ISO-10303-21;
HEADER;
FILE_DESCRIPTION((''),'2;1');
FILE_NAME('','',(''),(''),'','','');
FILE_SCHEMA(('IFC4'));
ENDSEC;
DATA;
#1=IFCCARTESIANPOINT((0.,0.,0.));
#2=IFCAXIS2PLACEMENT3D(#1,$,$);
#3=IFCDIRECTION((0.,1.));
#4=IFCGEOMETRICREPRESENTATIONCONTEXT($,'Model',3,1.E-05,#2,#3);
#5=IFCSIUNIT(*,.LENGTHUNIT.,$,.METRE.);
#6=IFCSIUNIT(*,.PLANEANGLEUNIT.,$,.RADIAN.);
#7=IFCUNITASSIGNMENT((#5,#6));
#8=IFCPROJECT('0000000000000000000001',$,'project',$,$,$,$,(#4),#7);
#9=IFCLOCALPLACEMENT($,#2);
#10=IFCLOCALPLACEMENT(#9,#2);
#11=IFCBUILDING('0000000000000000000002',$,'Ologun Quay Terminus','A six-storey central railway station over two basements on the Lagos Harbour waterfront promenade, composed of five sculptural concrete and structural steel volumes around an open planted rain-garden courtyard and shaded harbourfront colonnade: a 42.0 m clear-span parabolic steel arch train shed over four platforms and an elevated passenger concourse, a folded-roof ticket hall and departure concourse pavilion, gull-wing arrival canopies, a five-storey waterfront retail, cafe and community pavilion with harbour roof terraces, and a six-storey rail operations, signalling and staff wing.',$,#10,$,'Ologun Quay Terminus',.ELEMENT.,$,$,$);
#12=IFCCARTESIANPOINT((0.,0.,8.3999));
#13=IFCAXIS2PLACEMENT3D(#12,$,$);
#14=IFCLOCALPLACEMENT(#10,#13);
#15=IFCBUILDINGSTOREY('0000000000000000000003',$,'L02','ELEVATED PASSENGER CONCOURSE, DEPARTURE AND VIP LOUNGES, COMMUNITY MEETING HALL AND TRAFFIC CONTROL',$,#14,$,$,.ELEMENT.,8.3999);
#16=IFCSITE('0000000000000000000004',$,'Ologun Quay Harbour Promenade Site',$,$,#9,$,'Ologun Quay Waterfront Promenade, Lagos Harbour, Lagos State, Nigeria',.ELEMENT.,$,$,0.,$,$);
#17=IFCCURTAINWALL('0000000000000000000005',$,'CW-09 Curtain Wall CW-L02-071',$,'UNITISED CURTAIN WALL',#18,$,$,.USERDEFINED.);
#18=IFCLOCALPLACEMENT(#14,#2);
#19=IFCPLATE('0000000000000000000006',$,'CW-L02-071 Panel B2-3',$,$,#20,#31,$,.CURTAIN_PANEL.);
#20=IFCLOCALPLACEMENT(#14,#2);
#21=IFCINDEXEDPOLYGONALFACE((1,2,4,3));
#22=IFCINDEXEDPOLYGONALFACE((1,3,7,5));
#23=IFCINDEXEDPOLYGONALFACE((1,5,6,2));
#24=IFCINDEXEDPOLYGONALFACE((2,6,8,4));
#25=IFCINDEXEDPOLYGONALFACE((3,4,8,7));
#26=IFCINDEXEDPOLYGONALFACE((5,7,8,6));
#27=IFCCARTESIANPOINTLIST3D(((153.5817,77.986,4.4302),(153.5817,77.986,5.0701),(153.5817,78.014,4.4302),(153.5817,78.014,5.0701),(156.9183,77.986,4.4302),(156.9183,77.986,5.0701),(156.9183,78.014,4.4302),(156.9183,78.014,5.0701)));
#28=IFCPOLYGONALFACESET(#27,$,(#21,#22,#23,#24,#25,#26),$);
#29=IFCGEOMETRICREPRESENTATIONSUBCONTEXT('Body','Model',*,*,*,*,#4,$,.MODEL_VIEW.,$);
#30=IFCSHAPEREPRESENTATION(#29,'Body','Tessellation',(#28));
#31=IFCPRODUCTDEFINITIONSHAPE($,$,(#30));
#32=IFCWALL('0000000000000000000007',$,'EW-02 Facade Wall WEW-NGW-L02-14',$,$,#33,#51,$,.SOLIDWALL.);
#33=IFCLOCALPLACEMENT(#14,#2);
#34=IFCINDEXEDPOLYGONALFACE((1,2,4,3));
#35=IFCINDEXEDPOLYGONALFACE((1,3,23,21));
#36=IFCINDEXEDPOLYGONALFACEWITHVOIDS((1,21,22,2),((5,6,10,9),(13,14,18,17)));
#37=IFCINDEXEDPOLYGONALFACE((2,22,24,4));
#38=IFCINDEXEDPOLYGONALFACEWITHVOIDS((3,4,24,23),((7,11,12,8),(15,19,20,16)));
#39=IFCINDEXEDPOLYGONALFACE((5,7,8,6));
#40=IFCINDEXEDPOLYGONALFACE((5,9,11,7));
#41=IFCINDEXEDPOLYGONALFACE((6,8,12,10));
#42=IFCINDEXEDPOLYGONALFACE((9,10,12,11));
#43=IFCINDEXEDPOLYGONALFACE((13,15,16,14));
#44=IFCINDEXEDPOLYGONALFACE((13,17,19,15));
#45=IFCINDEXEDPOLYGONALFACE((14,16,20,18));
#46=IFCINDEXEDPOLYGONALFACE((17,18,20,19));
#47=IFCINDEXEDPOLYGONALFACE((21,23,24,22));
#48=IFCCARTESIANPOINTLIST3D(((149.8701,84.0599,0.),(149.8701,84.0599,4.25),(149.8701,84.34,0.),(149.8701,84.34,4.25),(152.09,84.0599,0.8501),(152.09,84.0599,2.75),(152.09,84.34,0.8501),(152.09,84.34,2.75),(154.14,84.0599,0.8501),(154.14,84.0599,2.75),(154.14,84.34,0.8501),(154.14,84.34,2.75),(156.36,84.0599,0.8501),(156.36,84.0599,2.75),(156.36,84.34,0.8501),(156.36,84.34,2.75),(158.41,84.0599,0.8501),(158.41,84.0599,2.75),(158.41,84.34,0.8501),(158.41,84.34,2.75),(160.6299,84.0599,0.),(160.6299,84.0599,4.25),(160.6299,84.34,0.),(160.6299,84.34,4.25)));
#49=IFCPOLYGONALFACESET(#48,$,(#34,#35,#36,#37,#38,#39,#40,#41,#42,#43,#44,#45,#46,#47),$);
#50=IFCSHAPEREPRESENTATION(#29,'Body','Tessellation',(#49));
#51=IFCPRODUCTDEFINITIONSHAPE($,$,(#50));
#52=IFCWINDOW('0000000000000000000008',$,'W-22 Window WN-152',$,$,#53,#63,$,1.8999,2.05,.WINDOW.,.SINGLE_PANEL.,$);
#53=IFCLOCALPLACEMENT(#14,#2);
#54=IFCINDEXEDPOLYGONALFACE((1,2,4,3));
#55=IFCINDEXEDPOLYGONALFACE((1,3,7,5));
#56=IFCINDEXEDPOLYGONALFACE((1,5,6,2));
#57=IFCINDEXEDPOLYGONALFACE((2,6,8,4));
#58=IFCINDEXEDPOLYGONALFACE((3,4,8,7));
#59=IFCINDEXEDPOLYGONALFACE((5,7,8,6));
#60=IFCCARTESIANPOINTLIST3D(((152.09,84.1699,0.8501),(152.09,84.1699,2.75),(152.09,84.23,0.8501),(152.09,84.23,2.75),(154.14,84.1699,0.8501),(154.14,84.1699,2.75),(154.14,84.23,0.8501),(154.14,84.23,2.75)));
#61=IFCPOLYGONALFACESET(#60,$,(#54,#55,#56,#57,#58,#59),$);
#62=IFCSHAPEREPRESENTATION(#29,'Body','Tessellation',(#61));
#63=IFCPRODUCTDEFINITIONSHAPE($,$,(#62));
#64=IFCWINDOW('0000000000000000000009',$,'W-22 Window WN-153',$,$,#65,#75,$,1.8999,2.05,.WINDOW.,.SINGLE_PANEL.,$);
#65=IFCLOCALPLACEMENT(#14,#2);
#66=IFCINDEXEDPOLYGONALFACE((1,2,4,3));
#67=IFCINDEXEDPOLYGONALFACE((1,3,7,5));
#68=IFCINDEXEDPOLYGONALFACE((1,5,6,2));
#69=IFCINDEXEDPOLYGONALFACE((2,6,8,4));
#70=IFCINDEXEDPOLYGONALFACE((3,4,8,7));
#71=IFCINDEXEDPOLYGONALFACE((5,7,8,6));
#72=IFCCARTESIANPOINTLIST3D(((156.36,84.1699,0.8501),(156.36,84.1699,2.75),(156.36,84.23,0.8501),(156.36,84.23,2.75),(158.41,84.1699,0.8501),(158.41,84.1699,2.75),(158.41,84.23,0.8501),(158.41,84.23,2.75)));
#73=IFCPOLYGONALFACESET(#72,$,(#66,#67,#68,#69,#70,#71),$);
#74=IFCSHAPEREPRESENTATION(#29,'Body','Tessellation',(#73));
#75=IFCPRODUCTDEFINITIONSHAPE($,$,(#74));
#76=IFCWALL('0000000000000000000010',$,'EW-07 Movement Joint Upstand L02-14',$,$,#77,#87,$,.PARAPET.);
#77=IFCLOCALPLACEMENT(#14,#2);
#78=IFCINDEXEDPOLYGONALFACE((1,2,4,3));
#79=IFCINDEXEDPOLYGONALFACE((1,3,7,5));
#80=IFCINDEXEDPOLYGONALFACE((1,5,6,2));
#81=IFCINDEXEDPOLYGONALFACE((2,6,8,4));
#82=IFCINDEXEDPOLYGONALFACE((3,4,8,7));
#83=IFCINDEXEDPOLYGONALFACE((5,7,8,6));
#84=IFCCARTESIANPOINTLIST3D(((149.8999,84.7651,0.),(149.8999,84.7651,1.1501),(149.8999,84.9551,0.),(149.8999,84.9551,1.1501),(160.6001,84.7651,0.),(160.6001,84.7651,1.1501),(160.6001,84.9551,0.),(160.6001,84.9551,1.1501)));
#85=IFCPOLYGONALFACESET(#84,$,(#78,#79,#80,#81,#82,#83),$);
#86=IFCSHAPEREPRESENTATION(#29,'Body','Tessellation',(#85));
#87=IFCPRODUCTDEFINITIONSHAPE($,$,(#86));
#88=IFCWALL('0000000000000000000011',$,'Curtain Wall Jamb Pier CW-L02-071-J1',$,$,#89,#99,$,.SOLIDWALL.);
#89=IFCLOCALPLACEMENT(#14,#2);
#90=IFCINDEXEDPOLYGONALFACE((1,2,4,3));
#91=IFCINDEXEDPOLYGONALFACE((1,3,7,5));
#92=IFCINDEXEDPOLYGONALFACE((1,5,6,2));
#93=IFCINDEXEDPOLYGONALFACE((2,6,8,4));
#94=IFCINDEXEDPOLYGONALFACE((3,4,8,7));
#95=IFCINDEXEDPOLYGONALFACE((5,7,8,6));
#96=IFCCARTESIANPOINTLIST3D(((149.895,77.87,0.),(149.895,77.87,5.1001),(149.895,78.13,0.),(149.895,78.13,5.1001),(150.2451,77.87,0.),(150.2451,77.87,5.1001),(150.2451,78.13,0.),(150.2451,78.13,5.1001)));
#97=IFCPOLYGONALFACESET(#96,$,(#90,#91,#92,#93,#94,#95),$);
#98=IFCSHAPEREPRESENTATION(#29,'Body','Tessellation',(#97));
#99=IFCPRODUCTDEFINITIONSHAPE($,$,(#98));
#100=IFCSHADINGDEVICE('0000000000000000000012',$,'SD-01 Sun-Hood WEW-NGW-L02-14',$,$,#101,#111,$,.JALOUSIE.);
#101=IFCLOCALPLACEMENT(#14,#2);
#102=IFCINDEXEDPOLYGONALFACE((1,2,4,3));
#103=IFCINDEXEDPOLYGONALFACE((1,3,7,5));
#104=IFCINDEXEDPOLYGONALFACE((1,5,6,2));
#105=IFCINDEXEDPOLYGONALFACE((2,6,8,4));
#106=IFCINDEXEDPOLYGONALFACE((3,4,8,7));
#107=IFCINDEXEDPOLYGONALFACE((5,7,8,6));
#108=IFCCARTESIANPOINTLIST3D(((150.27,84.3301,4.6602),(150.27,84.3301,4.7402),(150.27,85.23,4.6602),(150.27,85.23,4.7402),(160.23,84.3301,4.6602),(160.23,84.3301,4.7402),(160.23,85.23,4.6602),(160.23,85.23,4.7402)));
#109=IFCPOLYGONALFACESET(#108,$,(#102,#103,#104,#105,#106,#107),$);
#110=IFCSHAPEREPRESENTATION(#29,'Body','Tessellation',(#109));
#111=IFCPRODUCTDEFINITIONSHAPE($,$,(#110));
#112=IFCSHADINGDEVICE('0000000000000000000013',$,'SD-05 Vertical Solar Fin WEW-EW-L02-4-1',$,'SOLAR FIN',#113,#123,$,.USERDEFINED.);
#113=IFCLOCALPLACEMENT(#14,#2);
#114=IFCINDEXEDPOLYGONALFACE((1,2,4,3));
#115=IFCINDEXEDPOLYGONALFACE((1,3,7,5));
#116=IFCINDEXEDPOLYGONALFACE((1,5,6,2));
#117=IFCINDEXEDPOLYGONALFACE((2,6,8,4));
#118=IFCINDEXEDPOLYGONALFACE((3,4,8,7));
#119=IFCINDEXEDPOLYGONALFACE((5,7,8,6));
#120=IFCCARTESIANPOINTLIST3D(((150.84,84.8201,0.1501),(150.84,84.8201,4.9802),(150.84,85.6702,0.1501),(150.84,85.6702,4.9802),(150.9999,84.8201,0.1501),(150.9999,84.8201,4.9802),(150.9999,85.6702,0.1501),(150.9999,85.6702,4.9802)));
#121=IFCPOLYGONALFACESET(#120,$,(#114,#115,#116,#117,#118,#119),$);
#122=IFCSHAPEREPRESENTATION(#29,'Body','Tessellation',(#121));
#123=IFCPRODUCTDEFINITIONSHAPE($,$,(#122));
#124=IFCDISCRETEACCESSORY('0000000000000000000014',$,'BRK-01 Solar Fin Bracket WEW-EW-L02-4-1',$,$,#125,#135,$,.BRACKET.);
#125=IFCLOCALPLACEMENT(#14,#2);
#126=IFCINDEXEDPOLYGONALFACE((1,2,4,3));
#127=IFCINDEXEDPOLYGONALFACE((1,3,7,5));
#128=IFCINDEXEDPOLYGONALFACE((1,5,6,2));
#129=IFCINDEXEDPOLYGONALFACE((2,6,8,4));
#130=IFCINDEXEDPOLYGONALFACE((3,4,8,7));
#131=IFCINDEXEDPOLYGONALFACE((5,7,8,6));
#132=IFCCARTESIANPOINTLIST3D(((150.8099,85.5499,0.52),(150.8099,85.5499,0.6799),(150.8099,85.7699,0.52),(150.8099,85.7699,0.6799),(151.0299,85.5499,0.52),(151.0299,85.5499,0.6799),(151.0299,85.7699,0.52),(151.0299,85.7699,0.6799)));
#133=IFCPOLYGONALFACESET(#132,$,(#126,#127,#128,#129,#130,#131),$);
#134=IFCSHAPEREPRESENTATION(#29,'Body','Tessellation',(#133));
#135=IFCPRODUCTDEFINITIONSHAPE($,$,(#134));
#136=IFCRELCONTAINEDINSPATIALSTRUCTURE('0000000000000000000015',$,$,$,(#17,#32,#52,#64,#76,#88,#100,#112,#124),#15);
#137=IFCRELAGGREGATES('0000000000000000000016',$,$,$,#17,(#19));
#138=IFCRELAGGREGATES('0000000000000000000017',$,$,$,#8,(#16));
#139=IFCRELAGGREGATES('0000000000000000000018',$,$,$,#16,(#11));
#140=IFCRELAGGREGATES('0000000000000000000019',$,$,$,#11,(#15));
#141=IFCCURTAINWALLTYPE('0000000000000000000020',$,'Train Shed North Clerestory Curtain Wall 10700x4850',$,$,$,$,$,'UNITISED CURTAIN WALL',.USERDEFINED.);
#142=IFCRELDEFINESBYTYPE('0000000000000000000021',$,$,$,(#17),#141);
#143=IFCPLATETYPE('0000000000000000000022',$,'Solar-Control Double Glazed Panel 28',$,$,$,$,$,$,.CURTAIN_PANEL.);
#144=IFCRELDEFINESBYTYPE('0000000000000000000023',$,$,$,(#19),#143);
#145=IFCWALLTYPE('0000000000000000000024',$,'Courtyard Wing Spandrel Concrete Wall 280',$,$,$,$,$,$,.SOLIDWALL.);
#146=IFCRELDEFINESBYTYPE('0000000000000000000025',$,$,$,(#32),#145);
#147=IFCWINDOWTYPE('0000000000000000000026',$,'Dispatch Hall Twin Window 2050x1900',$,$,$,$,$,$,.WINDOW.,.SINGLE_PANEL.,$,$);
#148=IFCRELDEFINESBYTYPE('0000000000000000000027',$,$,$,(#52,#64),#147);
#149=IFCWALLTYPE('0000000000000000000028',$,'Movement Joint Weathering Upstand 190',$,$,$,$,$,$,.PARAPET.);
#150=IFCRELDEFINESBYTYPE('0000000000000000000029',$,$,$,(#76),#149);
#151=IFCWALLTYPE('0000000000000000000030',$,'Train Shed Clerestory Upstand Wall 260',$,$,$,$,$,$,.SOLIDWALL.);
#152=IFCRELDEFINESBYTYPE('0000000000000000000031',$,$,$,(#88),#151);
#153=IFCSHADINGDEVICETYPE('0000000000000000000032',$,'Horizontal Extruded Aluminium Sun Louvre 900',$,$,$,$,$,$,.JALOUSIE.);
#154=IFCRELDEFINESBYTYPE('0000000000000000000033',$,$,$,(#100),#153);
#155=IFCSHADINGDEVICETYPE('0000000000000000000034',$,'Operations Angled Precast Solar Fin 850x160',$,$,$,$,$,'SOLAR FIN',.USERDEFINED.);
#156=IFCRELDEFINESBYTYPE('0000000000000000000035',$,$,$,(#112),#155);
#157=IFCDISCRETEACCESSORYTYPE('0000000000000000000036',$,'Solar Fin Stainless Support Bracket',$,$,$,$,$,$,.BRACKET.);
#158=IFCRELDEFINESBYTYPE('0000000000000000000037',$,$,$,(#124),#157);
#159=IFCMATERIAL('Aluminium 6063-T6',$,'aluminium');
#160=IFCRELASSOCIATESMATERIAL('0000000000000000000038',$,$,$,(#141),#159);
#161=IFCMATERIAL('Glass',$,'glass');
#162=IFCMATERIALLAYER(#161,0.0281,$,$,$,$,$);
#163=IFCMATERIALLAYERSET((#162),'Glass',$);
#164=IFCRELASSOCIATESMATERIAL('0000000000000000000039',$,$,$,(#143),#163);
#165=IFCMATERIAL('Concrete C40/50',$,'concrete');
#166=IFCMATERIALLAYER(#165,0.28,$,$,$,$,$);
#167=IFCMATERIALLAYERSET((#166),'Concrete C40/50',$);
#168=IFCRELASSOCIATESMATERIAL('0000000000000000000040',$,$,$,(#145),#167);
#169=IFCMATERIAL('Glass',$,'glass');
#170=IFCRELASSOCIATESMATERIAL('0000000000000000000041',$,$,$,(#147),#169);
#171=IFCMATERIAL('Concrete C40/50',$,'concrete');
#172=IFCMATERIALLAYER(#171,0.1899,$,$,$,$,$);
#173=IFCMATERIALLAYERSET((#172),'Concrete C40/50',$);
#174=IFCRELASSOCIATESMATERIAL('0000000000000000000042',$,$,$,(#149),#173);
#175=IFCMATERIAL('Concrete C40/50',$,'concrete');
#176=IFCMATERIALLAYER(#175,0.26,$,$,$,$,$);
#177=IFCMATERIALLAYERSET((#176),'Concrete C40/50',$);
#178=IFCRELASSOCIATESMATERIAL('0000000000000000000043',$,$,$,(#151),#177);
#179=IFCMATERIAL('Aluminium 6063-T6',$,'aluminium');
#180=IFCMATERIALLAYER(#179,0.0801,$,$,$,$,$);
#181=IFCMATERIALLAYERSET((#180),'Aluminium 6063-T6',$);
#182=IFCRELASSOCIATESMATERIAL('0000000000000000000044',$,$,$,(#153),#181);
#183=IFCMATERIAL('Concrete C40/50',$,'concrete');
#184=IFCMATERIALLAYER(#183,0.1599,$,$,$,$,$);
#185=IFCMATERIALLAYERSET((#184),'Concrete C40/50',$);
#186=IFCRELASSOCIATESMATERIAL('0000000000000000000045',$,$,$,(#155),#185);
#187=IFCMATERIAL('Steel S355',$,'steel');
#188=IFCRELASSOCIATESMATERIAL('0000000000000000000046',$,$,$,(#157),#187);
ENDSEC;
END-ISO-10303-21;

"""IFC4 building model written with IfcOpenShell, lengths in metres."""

from ifc_helpers import new_model, si_unit, direction, frame, frame_2d, origin, origin_2d, place, context, subcontext, project, spatial, rectangle, extrude, material, layer, layer_set, type_object, element, fill, aggregate, save


model = new_model("IFC4")

# Units and contexts
model_context = context("Model", 3, precision=1e-05, world=origin(), true_north=direction((0.0, 1.0)))
body_context = subcontext(model_context, "Body", "Model", "MODEL_VIEW")
ifc_project = project(units=[si_unit("LENGTHUNIT", "METRE"), si_unit("PLANEANGLEUNIT", "RADIAN")], contexts=[model_context])

# Site, building, storey
site_placement = place(None, origin())
site = spatial("IfcSite", under=ifc_project, at=site_placement, Name="Ologun Quay Harbour Promenade Site", LongName="Ologun Quay Waterfront Promenade, Lagos Harbour, Lagos State, Nigeria", CompositionType="ELEMENT", RefElevation=0.0)
building_placement = place(site_placement, origin())
building = spatial("IfcBuilding", under=site, at=building_placement, Name="Ologun Quay Terminus", Description="A six-storey central railway station over two basements on the Lagos Harbour waterfront promenade, composed of five sculptural concrete and structural steel volumes around an open planted rain-garden courtyard and shaded harbourfront colonnade: a 42.0 m clear-span parabolic steel arch train shed over four platforms and an elevated passenger concourse, a folded-roof ticket hall and departure concourse pavilion, gull-wing arrival canopies, a five-storey waterfront retail, cafe and community pavilion with harbour roof terraces, and a six-storey rail operations, signalling and staff wing.", LongName="Ologun Quay Terminus", CompositionType="ELEMENT")
storey_placement = place(building_placement, frame((0.0, 0.0, 8.3999)))
storey = spatial("IfcBuildingStorey", under=building, at=storey_placement, Name="L02", Description="ELEVATED PASSENGER CONCOURSE, DEPARTURE AND VIP LOUNGES, COMMUNITY MEETING HALL AND TRAFFIC CONTROL", CompositionType="ELEMENT", Elevation=8.3999)

# Curtain wall
ifc_material_1 = material(Name="Aluminium 6063-T6", Category="aluminium")
curtain_wall_type = type_object("IfcCurtainWallType", Name="Train Shed North Clerestory Curtain Wall 10700x4850", ElementType="UNITISED CURTAIN WALL", PredefinedType="USERDEFINED", material=ifc_material_1)
curtain_wall_placement = place(storey_placement, origin())
curtain_wall = element("IfcCurtainWall", 1, at=curtain_wall_placement, inside=storey, type_object=curtain_wall_type, Name="CW-09 Curtain Wall CW-L02-071", ObjectType="UNITISED CURTAIN WALL", PredefinedType="USERDEFINED")

# Plate
ifc_material_2 = material(Name="Glass", Category="glass")
ifc_layer_1 = layer(ifc_material_2, 0.0281)
ifc_layer_set_1 = layer_set([ifc_layer_1], Name="Glass")
plate_type_1 = type_object("IfcPlateType", Name="Solar-Control Double Glazed Panel 28", PredefinedType="CURTAIN_PANEL", material=ifc_layer_set_1)
plate_1_placement = place(storey_placement, frame((155.25, 78.0, 4.4302), z_axis=(0.0, 0.0, 1.0), x_axis=(1.0, 0.0, 0.0)))
plate_1 = element("IfcPlate", 2, at=plate_1_placement, type_object=plate_type_1, Name="CW-L02-071 Panel B2-3", PredefinedType="CURTAIN_PANEL", context=body_context, shape_type="SweptSolid", body=[
    extrude(rectangle(XDim=3.3367, YDim=0.0281, at=origin_2d()), origin(), (0.0, 0.0, 1.0), 0.6399),
])
aggregate(curtain_wall, [plate_1])

# Wall, openings, windows
ifc_material_3 = material(Name="Concrete C40/50", Category="concrete")
ifc_layer_2 = layer(ifc_material_3, 0.28)
ifc_layer_set_2 = layer_set([ifc_layer_2], Name="Concrete C40/50")
wall_type_1 = type_object("IfcWallType", Name="Courtyard Wing Spandrel Concrete Wall 280", PredefinedType="SOLIDWALL", material=ifc_layer_set_2)
wall_1_placement = place(storey_placement, frame((149.8701, 84.2, 0.0), z_axis=(0.0, 0.0, 1.0), x_axis=(1.0, 0.0, 0.0)))
wall_1 = element("IfcWall", 3, at=wall_1_placement, inside=storey, type_object=wall_type_1, Name="EW-02 Facade Wall WEW-NGW-L02-14", PredefinedType="SOLIDWALL", context=body_context, shape_type="SweptSolid", body=[
    extrude(rectangle(XDim=10.7598, YDim=0.28, at=frame_2d((5.3799, 0.0))), origin(), (0.0, 0.0, 1.0), 4.25),
])
opening_1_placement = place(wall_1_placement, frame((2.22, 0.0, 0.8501)))
opening_1 = element("IfcOpeningElement", 4, at=opening_1_placement, cuts=wall_1, PredefinedType="OPENING", context=body_context, shape_type="SweptSolid", body=[
    extrude(rectangle(XDim=2.05, YDim=1.8999, at=frame_2d((1.0249, 0.95))), frame((0.0, 0.1499, 0.0), z_axis=(0.0, -1.0, 0.0), x_axis=(1.0, 0.0, 0.0)), (0.0, 0.0, 1.0), 0.3),
])
opening_2_placement = place(wall_1_placement, frame((6.49, 0.0, 0.8501)))
opening_2 = element("IfcOpeningElement", 5, at=opening_2_placement, cuts=wall_1, PredefinedType="OPENING", context=body_context, shape_type="SweptSolid", body=[
    extrude(rectangle(XDim=2.05, YDim=1.8999, at=frame_2d((1.0249, 0.95))), frame((0.0, 0.1499, 0.0), z_axis=(0.0, -1.0, 0.0), x_axis=(1.0, 0.0, 0.0)), (0.0, 0.0, 1.0), 0.3),
])
ifc_material_4 = material(Name="Glass", Category="glass")
window_type = type_object("IfcWindowType", Name="Dispatch Hall Twin Window 2050x1900", PartitioningType="SINGLE_PANEL", PredefinedType="WINDOW", material=ifc_material_4)
window_1_placement = place(opening_1_placement, origin())
window_1 = element("IfcWindow", 6, at=window_1_placement, inside=storey, type_object=window_type, Name="W-22 Window WN-152", OverallHeight=1.8999, OverallWidth=2.05, PartitioningType="SINGLE_PANEL", PredefinedType="WINDOW", context=body_context, shape_type="SweptSolid", body=[
    extrude(rectangle(XDim=2.05, YDim=1.8999, at=frame_2d((1.0249, 0.95))), frame((0.0, 0.03, 0.0), z_axis=(0.0, -1.0, 0.0), x_axis=(1.0, 0.0, 0.0)), (0.0, 0.0, 1.0), 0.0601),
])
fill(opening_1, window_1)
window_2_placement = place(opening_2_placement, origin())
window_2 = element("IfcWindow", 7, at=window_2_placement, inside=storey, type_object=window_type, Name="W-22 Window WN-153", OverallHeight=1.8999, OverallWidth=2.05, PartitioningType="SINGLE_PANEL", PredefinedType="WINDOW", context=body_context, shape_type="SweptSolid", body=[
    extrude(rectangle(XDim=2.05, YDim=1.8999, at=frame_2d((1.0249, 0.95))), frame((0.0, 0.03, 0.0), z_axis=(0.0, -1.0, 0.0), x_axis=(1.0, 0.0, 0.0)), (0.0, 0.0, 1.0), 0.0601),
])
fill(opening_2, window_2)

# Walls
ifc_material_5 = material(Name="Concrete C40/50", Category="concrete")
ifc_layer_3 = layer(ifc_material_5, 0.1899)
ifc_layer_set_3 = layer_set([ifc_layer_3], Name="Concrete C40/50")
wall_type_2 = type_object("IfcWallType", Name="Movement Joint Weathering Upstand 190", PredefinedType="PARAPET", material=ifc_layer_set_3)
wall_2_placement = place(storey_placement, frame((149.8999, 84.8601, 0.0), z_axis=(0.0, 0.0, 1.0), x_axis=(1.0, 0.0, 0.0)))
element("IfcWall", 8, at=wall_2_placement, inside=storey, type_object=wall_type_2, Name="EW-07 Movement Joint Upstand L02-14", PredefinedType="PARAPET", context=body_context, shape_type="SweptSolid", body=[
    extrude(rectangle(XDim=10.7002, YDim=0.1899, at=frame_2d((5.3501, 0.0))), origin(), (0.0, 0.0, 1.0), 1.1501),
])
ifc_material_6 = material(Name="Concrete C40/50", Category="concrete")
ifc_layer_4 = layer(ifc_material_6, 0.26)
ifc_layer_set_4 = layer_set([ifc_layer_4], Name="Concrete C40/50")
wall_type_3 = type_object("IfcWallType", Name="Train Shed Clerestory Upstand Wall 260", PredefinedType="SOLIDWALL", material=ifc_layer_set_4)
wall_3_placement = place(storey_placement, frame((149.895, 78.0, 0.0), z_axis=(0.0, 0.0, 1.0), x_axis=(1.0, 0.0, 0.0)))
element("IfcWall", 9, at=wall_3_placement, inside=storey, type_object=wall_type_3, Name="Curtain Wall Jamb Pier CW-L02-071-J1", PredefinedType="SOLIDWALL", context=body_context, shape_type="SweptSolid", body=[
    extrude(rectangle(XDim=0.3501, YDim=0.26, at=frame_2d((0.175, 0.0))), origin(), (0.0, 0.0, 1.0), 5.1001),
])

# Shading devices
ifc_material_7 = material(Name="Aluminium 6063-T6", Category="aluminium")
ifc_layer_5 = layer(ifc_material_7, 0.0801)
ifc_layer_set_5 = layer_set([ifc_layer_5], Name="Aluminium 6063-T6")
shading_device_type_1 = type_object("IfcShadingDeviceType", Name="Horizontal Extruded Aluminium Sun Louvre 900", PredefinedType="JALOUSIE", material=ifc_layer_set_5)
shading_device_1_placement = place(storey_placement, frame((155.25, 84.78, 4.6602), z_axis=(0.0, 0.0, 1.0), x_axis=(1.0, 0.0, 0.0)))
element("IfcShadingDevice", 10, at=shading_device_1_placement, inside=storey, type_object=shading_device_type_1, Name="SD-01 Sun-Hood WEW-NGW-L02-14", PredefinedType="JALOUSIE", context=body_context, shape_type="SweptSolid", body=[
    extrude(rectangle(XDim=9.96, YDim=0.8999, at=origin_2d()), origin(), (0.0, 0.0, 1.0), 0.0801),
])
ifc_material_8 = material(Name="Concrete C40/50", Category="concrete")
ifc_layer_6 = layer(ifc_material_8, 0.1599)
ifc_layer_set_6 = layer_set([ifc_layer_6], Name="Concrete C40/50")
shading_device_type_2 = type_object("IfcShadingDeviceType", Name="Operations Angled Precast Solar Fin 850x160", ElementType="SOLAR FIN", PredefinedType="USERDEFINED", material=ifc_layer_set_6)
shading_device_2_placement = place(storey_placement, frame((150.9199, 85.2451, 0.1501), z_axis=(0.0, 0.0, 1.0), x_axis=(1.0, 0.0, 0.0)))
element("IfcShadingDevice", 11, at=shading_device_2_placement, inside=storey, type_object=shading_device_type_2, Name="SD-05 Vertical Solar Fin WEW-EW-L02-4-1", ObjectType="SOLAR FIN", PredefinedType="USERDEFINED", context=body_context, shape_type="SweptSolid", body=[
    extrude(rectangle(XDim=0.1599, YDim=0.8501, at=origin_2d()), origin(), (0.0, 0.0, 1.0), 4.8301),
])

# Discrete accessory
ifc_material_9 = material(Name="Steel S355", Category="steel")
discrete_accessory_type = type_object("IfcDiscreteAccessoryType", Name="Solar Fin Stainless Support Bracket", PredefinedType="BRACKET", material=ifc_material_9)
discrete_accessory_placement = place(storey_placement, frame((150.9199, 85.6599, 0.52), z_axis=(0.0, 0.0, 1.0), x_axis=(1.0, 0.0, 0.0)))
element("IfcDiscreteAccessory", 12, at=discrete_accessory_placement, inside=storey, type_object=discrete_accessory_type, Name="BRK-01 Solar Fin Bracket WEW-EW-L02-4-1", PredefinedType="BRACKET", context=body_context, shape_type="SweptSolid", body=[
    extrude(rectangle(XDim=0.22, YDim=0.22, at=origin_2d()), origin(), (0.0, 0.0, 1.0), 0.1599),
])

save(model, "model.ifc")
